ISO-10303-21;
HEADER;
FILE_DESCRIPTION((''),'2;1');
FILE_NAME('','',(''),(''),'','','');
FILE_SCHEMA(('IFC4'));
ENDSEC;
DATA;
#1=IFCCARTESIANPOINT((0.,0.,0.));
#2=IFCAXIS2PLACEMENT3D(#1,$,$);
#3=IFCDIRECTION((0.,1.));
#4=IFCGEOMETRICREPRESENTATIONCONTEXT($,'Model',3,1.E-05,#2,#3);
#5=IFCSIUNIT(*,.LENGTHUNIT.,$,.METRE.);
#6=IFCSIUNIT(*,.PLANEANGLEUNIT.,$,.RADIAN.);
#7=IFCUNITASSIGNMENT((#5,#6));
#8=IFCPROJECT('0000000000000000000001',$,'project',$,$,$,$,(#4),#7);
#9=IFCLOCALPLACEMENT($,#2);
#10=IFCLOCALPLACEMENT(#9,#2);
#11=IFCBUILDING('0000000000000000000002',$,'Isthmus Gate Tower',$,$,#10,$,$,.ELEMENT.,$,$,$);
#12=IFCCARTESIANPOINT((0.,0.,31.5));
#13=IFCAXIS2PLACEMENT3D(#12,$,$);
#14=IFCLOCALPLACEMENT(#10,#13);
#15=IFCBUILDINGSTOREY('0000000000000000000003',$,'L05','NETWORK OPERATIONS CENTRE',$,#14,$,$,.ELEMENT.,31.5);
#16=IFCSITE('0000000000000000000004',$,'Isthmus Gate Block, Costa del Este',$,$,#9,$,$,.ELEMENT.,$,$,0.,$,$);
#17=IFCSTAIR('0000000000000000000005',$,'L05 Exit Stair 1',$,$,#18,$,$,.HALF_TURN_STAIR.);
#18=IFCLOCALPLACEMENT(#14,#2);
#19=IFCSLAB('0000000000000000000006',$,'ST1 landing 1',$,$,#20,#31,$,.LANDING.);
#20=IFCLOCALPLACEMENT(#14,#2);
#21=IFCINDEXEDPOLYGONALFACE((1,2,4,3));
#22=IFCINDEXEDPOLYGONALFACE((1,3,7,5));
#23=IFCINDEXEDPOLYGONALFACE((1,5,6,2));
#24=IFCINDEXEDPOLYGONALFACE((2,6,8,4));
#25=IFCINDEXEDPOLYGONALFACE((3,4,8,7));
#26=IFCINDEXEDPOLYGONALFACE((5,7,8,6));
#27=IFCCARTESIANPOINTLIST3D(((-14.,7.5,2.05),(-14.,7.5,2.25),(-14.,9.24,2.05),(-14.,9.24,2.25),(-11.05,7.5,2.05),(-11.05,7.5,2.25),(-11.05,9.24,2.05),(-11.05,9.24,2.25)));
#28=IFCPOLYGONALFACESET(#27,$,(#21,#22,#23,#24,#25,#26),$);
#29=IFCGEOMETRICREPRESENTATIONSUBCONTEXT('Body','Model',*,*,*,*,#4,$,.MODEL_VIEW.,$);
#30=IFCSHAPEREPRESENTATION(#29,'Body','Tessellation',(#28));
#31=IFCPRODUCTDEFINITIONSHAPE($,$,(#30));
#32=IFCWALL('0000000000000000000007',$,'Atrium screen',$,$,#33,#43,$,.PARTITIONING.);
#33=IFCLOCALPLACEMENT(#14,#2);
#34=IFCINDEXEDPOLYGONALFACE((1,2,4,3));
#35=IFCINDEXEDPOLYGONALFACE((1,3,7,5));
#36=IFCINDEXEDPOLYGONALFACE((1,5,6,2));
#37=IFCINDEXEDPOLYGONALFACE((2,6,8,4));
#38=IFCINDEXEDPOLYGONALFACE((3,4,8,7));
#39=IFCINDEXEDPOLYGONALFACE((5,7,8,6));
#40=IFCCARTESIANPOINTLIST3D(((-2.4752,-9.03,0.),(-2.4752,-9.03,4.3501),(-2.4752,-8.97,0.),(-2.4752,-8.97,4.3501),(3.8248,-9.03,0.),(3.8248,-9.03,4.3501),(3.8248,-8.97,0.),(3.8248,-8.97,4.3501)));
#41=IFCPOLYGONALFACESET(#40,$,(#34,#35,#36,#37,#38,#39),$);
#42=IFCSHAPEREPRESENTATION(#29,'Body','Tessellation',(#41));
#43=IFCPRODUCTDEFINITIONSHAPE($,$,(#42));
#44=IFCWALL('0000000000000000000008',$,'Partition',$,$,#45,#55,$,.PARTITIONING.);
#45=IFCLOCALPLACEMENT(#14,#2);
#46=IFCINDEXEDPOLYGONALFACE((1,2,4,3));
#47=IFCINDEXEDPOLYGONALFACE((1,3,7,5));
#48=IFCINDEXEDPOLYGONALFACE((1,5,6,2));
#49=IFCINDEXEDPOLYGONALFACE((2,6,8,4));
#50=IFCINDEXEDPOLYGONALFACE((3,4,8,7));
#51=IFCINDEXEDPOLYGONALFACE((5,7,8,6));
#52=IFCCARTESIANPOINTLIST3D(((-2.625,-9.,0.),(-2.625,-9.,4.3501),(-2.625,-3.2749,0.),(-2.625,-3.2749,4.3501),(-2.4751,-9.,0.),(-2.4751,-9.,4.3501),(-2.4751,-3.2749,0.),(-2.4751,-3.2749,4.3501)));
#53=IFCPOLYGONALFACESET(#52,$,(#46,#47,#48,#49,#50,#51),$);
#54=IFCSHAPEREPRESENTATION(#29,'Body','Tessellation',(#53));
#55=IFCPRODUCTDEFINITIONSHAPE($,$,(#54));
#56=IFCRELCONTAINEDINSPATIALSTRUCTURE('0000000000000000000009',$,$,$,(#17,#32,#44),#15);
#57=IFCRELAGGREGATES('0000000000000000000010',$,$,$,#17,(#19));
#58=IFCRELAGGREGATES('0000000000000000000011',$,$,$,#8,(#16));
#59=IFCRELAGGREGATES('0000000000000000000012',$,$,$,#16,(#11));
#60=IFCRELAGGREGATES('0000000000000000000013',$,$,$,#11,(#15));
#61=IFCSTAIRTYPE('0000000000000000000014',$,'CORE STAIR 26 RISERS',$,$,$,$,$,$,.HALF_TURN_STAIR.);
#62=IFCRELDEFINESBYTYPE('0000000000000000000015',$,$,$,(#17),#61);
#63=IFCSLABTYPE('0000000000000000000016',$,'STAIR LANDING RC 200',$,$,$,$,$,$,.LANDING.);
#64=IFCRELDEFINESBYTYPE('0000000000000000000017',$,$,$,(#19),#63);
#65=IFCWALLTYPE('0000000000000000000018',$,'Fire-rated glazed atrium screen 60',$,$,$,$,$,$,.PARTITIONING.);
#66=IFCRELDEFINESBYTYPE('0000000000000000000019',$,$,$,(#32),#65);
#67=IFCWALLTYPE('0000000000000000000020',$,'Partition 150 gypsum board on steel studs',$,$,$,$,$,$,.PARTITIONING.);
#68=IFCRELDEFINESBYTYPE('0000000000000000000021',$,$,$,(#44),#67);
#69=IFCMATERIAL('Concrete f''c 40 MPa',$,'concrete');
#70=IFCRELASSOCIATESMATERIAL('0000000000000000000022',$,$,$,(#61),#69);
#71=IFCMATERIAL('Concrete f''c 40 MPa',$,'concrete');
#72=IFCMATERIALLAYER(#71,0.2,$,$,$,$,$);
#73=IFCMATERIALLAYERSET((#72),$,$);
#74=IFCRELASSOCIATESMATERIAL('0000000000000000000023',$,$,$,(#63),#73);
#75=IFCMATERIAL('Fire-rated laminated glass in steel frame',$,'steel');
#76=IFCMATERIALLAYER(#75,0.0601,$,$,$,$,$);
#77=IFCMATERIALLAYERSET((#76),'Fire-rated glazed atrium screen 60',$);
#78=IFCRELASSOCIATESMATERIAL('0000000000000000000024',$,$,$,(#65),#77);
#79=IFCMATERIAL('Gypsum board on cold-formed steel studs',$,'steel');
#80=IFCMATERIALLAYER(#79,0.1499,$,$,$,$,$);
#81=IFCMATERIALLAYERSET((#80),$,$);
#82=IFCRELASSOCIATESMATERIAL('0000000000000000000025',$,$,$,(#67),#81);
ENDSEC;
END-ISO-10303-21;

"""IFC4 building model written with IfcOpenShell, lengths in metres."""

from ifc_helpers import new_model, si_unit, direction, frame, frame_2d, origin, place, context, subcontext, project, spatial, polyline, rectangle, outline, extrude, material, layer, layer_set, type_object, element, aggregate, save


model = new_model("IFC4")

# Units and contexts
model_context = context("Model", 3, precision=1e-05, world=origin(), true_north=direction((0.0, 1.0)))
body_context = subcontext(model_context, "Body", "Model", "MODEL_VIEW")
ifc_project = project(units=[si_unit("LENGTHUNIT", "METRE"), si_unit("PLANEANGLEUNIT", "RADIAN")], contexts=[model_context])

# Site, building, storey
site_placement = place(None, origin())
site = spatial("IfcSite", under=ifc_project, at=site_placement, Name="Isthmus Gate Block, Costa del Este", CompositionType="ELEMENT", RefElevation=0.0)
building_placement = place(site_placement, origin())
building = spatial("IfcBuilding", under=site, at=building_placement, Name="Isthmus Gate Tower", CompositionType="ELEMENT")
storey_placement = place(building_placement, frame((0.0, 0.0, 31.5)))
storey = spatial("IfcBuildingStorey", under=building, at=storey_placement, Name="L05", Description="NETWORK OPERATIONS CENTRE", CompositionType="ELEMENT", Elevation=31.5)

# Stair, slab
ifc_material_1 = material(Name="Concrete f'c 40 MPa", Category="concrete")
stair_type = type_object("IfcStairType", Name="CORE STAIR 26 RISERS", PredefinedType="HALF_TURN_STAIR", material=ifc_material_1)
stair_placement = place(storey_placement, origin())
stair = element("IfcStair", 1, at=stair_placement, inside=storey, type_object=stair_type, Name="L05 Exit Stair 1", PredefinedType="HALF_TURN_STAIR")
ifc_material_2 = material(Name="Concrete f'c 40 MPa", Category="concrete")
ifc_layer_1 = layer(ifc_material_2, 0.2)
ifc_layer_set_1 = layer_set([ifc_layer_1])
slab_type_1 = type_object("IfcSlabType", Name="STAIR LANDING RC 200", PredefinedType="LANDING", material=ifc_layer_set_1)
slab_1_placement = place(storey_placement, frame((0.0, 0.0, 2.05)))
slab_1 = element("IfcSlab", 2, at=slab_1_placement, type_object=slab_type_1, Name="ST1 landing 1", PredefinedType="LANDING", context=body_context, shape_type="SweptSolid", body=[
    extrude(outline(polyline([(-14.0, 9.24), (-14.0, 7.5), (-11.05, 7.5), (-11.05, 9.24), (-14.0, 9.24)])), origin(), (0.0, 0.0, 1.0), 0.2),
])
aggregate(stair, [slab_1])

# Walls
ifc_material_3 = material(Name="Fire-rated laminated glass in steel frame", Category="steel")
ifc_layer_2 = layer(ifc_material_3, 0.0601)
ifc_layer_set_2 = layer_set([ifc_layer_2], Name="Fire-rated glazed atrium screen 60")
wall_type_1 = type_object("IfcWallType", Name="Fire-rated glazed atrium screen 60", PredefinedType="PARTITIONING", material=ifc_layer_set_2)
wall_1_placement = place(storey_placement, frame((-2.4751, -9.0, 0.0), z_axis=(0.0, 0.0, 1.0), x_axis=(1.0, 0.0, 0.0)))
element("IfcWall", 3, at=wall_1_placement, inside=storey, type_object=wall_type_1, Name="Atrium screen", PredefinedType="PARTITIONING", context=body_context, shape_type="SweptSolid", body=[
    extrude(rectangle(XDim=6.3, YDim=0.0601, at=frame_2d((3.1499, 0.0))), origin(), (0.0, 0.0, 1.0), 4.3501),
])
ifc_material_4 = material(Name="Gypsum board on cold-formed steel studs", Category="steel")
ifc_layer_3 = layer(ifc_material_4, 0.1499)
ifc_layer_set_3 = layer_set([ifc_layer_3])
wall_type_2 = type_object("IfcWallType", Name="Partition 150 gypsum board on steel studs", PredefinedType="PARTITIONING", material=ifc_layer_set_3)
wall_2_placement = place(storey_placement, frame((-2.55, -9.0, 0.0), z_axis=(0.0, 0.0, 1.0), x_axis=(0.0, 1.0, 0.0)))
element("IfcWall", 4, at=wall_2_placement, inside=storey, type_object=wall_type_2, Name="Partition", PredefinedType="PARTITIONING", context=body_context, shape_type="SweptSolid", body=[
    extrude(rectangle(XDim=5.7251, YDim=0.1499, at=frame_2d((2.8625, 0.0))), origin(), (0.0, 0.0, 1.0), 4.3501),
])

save(model, "model.ifc")
